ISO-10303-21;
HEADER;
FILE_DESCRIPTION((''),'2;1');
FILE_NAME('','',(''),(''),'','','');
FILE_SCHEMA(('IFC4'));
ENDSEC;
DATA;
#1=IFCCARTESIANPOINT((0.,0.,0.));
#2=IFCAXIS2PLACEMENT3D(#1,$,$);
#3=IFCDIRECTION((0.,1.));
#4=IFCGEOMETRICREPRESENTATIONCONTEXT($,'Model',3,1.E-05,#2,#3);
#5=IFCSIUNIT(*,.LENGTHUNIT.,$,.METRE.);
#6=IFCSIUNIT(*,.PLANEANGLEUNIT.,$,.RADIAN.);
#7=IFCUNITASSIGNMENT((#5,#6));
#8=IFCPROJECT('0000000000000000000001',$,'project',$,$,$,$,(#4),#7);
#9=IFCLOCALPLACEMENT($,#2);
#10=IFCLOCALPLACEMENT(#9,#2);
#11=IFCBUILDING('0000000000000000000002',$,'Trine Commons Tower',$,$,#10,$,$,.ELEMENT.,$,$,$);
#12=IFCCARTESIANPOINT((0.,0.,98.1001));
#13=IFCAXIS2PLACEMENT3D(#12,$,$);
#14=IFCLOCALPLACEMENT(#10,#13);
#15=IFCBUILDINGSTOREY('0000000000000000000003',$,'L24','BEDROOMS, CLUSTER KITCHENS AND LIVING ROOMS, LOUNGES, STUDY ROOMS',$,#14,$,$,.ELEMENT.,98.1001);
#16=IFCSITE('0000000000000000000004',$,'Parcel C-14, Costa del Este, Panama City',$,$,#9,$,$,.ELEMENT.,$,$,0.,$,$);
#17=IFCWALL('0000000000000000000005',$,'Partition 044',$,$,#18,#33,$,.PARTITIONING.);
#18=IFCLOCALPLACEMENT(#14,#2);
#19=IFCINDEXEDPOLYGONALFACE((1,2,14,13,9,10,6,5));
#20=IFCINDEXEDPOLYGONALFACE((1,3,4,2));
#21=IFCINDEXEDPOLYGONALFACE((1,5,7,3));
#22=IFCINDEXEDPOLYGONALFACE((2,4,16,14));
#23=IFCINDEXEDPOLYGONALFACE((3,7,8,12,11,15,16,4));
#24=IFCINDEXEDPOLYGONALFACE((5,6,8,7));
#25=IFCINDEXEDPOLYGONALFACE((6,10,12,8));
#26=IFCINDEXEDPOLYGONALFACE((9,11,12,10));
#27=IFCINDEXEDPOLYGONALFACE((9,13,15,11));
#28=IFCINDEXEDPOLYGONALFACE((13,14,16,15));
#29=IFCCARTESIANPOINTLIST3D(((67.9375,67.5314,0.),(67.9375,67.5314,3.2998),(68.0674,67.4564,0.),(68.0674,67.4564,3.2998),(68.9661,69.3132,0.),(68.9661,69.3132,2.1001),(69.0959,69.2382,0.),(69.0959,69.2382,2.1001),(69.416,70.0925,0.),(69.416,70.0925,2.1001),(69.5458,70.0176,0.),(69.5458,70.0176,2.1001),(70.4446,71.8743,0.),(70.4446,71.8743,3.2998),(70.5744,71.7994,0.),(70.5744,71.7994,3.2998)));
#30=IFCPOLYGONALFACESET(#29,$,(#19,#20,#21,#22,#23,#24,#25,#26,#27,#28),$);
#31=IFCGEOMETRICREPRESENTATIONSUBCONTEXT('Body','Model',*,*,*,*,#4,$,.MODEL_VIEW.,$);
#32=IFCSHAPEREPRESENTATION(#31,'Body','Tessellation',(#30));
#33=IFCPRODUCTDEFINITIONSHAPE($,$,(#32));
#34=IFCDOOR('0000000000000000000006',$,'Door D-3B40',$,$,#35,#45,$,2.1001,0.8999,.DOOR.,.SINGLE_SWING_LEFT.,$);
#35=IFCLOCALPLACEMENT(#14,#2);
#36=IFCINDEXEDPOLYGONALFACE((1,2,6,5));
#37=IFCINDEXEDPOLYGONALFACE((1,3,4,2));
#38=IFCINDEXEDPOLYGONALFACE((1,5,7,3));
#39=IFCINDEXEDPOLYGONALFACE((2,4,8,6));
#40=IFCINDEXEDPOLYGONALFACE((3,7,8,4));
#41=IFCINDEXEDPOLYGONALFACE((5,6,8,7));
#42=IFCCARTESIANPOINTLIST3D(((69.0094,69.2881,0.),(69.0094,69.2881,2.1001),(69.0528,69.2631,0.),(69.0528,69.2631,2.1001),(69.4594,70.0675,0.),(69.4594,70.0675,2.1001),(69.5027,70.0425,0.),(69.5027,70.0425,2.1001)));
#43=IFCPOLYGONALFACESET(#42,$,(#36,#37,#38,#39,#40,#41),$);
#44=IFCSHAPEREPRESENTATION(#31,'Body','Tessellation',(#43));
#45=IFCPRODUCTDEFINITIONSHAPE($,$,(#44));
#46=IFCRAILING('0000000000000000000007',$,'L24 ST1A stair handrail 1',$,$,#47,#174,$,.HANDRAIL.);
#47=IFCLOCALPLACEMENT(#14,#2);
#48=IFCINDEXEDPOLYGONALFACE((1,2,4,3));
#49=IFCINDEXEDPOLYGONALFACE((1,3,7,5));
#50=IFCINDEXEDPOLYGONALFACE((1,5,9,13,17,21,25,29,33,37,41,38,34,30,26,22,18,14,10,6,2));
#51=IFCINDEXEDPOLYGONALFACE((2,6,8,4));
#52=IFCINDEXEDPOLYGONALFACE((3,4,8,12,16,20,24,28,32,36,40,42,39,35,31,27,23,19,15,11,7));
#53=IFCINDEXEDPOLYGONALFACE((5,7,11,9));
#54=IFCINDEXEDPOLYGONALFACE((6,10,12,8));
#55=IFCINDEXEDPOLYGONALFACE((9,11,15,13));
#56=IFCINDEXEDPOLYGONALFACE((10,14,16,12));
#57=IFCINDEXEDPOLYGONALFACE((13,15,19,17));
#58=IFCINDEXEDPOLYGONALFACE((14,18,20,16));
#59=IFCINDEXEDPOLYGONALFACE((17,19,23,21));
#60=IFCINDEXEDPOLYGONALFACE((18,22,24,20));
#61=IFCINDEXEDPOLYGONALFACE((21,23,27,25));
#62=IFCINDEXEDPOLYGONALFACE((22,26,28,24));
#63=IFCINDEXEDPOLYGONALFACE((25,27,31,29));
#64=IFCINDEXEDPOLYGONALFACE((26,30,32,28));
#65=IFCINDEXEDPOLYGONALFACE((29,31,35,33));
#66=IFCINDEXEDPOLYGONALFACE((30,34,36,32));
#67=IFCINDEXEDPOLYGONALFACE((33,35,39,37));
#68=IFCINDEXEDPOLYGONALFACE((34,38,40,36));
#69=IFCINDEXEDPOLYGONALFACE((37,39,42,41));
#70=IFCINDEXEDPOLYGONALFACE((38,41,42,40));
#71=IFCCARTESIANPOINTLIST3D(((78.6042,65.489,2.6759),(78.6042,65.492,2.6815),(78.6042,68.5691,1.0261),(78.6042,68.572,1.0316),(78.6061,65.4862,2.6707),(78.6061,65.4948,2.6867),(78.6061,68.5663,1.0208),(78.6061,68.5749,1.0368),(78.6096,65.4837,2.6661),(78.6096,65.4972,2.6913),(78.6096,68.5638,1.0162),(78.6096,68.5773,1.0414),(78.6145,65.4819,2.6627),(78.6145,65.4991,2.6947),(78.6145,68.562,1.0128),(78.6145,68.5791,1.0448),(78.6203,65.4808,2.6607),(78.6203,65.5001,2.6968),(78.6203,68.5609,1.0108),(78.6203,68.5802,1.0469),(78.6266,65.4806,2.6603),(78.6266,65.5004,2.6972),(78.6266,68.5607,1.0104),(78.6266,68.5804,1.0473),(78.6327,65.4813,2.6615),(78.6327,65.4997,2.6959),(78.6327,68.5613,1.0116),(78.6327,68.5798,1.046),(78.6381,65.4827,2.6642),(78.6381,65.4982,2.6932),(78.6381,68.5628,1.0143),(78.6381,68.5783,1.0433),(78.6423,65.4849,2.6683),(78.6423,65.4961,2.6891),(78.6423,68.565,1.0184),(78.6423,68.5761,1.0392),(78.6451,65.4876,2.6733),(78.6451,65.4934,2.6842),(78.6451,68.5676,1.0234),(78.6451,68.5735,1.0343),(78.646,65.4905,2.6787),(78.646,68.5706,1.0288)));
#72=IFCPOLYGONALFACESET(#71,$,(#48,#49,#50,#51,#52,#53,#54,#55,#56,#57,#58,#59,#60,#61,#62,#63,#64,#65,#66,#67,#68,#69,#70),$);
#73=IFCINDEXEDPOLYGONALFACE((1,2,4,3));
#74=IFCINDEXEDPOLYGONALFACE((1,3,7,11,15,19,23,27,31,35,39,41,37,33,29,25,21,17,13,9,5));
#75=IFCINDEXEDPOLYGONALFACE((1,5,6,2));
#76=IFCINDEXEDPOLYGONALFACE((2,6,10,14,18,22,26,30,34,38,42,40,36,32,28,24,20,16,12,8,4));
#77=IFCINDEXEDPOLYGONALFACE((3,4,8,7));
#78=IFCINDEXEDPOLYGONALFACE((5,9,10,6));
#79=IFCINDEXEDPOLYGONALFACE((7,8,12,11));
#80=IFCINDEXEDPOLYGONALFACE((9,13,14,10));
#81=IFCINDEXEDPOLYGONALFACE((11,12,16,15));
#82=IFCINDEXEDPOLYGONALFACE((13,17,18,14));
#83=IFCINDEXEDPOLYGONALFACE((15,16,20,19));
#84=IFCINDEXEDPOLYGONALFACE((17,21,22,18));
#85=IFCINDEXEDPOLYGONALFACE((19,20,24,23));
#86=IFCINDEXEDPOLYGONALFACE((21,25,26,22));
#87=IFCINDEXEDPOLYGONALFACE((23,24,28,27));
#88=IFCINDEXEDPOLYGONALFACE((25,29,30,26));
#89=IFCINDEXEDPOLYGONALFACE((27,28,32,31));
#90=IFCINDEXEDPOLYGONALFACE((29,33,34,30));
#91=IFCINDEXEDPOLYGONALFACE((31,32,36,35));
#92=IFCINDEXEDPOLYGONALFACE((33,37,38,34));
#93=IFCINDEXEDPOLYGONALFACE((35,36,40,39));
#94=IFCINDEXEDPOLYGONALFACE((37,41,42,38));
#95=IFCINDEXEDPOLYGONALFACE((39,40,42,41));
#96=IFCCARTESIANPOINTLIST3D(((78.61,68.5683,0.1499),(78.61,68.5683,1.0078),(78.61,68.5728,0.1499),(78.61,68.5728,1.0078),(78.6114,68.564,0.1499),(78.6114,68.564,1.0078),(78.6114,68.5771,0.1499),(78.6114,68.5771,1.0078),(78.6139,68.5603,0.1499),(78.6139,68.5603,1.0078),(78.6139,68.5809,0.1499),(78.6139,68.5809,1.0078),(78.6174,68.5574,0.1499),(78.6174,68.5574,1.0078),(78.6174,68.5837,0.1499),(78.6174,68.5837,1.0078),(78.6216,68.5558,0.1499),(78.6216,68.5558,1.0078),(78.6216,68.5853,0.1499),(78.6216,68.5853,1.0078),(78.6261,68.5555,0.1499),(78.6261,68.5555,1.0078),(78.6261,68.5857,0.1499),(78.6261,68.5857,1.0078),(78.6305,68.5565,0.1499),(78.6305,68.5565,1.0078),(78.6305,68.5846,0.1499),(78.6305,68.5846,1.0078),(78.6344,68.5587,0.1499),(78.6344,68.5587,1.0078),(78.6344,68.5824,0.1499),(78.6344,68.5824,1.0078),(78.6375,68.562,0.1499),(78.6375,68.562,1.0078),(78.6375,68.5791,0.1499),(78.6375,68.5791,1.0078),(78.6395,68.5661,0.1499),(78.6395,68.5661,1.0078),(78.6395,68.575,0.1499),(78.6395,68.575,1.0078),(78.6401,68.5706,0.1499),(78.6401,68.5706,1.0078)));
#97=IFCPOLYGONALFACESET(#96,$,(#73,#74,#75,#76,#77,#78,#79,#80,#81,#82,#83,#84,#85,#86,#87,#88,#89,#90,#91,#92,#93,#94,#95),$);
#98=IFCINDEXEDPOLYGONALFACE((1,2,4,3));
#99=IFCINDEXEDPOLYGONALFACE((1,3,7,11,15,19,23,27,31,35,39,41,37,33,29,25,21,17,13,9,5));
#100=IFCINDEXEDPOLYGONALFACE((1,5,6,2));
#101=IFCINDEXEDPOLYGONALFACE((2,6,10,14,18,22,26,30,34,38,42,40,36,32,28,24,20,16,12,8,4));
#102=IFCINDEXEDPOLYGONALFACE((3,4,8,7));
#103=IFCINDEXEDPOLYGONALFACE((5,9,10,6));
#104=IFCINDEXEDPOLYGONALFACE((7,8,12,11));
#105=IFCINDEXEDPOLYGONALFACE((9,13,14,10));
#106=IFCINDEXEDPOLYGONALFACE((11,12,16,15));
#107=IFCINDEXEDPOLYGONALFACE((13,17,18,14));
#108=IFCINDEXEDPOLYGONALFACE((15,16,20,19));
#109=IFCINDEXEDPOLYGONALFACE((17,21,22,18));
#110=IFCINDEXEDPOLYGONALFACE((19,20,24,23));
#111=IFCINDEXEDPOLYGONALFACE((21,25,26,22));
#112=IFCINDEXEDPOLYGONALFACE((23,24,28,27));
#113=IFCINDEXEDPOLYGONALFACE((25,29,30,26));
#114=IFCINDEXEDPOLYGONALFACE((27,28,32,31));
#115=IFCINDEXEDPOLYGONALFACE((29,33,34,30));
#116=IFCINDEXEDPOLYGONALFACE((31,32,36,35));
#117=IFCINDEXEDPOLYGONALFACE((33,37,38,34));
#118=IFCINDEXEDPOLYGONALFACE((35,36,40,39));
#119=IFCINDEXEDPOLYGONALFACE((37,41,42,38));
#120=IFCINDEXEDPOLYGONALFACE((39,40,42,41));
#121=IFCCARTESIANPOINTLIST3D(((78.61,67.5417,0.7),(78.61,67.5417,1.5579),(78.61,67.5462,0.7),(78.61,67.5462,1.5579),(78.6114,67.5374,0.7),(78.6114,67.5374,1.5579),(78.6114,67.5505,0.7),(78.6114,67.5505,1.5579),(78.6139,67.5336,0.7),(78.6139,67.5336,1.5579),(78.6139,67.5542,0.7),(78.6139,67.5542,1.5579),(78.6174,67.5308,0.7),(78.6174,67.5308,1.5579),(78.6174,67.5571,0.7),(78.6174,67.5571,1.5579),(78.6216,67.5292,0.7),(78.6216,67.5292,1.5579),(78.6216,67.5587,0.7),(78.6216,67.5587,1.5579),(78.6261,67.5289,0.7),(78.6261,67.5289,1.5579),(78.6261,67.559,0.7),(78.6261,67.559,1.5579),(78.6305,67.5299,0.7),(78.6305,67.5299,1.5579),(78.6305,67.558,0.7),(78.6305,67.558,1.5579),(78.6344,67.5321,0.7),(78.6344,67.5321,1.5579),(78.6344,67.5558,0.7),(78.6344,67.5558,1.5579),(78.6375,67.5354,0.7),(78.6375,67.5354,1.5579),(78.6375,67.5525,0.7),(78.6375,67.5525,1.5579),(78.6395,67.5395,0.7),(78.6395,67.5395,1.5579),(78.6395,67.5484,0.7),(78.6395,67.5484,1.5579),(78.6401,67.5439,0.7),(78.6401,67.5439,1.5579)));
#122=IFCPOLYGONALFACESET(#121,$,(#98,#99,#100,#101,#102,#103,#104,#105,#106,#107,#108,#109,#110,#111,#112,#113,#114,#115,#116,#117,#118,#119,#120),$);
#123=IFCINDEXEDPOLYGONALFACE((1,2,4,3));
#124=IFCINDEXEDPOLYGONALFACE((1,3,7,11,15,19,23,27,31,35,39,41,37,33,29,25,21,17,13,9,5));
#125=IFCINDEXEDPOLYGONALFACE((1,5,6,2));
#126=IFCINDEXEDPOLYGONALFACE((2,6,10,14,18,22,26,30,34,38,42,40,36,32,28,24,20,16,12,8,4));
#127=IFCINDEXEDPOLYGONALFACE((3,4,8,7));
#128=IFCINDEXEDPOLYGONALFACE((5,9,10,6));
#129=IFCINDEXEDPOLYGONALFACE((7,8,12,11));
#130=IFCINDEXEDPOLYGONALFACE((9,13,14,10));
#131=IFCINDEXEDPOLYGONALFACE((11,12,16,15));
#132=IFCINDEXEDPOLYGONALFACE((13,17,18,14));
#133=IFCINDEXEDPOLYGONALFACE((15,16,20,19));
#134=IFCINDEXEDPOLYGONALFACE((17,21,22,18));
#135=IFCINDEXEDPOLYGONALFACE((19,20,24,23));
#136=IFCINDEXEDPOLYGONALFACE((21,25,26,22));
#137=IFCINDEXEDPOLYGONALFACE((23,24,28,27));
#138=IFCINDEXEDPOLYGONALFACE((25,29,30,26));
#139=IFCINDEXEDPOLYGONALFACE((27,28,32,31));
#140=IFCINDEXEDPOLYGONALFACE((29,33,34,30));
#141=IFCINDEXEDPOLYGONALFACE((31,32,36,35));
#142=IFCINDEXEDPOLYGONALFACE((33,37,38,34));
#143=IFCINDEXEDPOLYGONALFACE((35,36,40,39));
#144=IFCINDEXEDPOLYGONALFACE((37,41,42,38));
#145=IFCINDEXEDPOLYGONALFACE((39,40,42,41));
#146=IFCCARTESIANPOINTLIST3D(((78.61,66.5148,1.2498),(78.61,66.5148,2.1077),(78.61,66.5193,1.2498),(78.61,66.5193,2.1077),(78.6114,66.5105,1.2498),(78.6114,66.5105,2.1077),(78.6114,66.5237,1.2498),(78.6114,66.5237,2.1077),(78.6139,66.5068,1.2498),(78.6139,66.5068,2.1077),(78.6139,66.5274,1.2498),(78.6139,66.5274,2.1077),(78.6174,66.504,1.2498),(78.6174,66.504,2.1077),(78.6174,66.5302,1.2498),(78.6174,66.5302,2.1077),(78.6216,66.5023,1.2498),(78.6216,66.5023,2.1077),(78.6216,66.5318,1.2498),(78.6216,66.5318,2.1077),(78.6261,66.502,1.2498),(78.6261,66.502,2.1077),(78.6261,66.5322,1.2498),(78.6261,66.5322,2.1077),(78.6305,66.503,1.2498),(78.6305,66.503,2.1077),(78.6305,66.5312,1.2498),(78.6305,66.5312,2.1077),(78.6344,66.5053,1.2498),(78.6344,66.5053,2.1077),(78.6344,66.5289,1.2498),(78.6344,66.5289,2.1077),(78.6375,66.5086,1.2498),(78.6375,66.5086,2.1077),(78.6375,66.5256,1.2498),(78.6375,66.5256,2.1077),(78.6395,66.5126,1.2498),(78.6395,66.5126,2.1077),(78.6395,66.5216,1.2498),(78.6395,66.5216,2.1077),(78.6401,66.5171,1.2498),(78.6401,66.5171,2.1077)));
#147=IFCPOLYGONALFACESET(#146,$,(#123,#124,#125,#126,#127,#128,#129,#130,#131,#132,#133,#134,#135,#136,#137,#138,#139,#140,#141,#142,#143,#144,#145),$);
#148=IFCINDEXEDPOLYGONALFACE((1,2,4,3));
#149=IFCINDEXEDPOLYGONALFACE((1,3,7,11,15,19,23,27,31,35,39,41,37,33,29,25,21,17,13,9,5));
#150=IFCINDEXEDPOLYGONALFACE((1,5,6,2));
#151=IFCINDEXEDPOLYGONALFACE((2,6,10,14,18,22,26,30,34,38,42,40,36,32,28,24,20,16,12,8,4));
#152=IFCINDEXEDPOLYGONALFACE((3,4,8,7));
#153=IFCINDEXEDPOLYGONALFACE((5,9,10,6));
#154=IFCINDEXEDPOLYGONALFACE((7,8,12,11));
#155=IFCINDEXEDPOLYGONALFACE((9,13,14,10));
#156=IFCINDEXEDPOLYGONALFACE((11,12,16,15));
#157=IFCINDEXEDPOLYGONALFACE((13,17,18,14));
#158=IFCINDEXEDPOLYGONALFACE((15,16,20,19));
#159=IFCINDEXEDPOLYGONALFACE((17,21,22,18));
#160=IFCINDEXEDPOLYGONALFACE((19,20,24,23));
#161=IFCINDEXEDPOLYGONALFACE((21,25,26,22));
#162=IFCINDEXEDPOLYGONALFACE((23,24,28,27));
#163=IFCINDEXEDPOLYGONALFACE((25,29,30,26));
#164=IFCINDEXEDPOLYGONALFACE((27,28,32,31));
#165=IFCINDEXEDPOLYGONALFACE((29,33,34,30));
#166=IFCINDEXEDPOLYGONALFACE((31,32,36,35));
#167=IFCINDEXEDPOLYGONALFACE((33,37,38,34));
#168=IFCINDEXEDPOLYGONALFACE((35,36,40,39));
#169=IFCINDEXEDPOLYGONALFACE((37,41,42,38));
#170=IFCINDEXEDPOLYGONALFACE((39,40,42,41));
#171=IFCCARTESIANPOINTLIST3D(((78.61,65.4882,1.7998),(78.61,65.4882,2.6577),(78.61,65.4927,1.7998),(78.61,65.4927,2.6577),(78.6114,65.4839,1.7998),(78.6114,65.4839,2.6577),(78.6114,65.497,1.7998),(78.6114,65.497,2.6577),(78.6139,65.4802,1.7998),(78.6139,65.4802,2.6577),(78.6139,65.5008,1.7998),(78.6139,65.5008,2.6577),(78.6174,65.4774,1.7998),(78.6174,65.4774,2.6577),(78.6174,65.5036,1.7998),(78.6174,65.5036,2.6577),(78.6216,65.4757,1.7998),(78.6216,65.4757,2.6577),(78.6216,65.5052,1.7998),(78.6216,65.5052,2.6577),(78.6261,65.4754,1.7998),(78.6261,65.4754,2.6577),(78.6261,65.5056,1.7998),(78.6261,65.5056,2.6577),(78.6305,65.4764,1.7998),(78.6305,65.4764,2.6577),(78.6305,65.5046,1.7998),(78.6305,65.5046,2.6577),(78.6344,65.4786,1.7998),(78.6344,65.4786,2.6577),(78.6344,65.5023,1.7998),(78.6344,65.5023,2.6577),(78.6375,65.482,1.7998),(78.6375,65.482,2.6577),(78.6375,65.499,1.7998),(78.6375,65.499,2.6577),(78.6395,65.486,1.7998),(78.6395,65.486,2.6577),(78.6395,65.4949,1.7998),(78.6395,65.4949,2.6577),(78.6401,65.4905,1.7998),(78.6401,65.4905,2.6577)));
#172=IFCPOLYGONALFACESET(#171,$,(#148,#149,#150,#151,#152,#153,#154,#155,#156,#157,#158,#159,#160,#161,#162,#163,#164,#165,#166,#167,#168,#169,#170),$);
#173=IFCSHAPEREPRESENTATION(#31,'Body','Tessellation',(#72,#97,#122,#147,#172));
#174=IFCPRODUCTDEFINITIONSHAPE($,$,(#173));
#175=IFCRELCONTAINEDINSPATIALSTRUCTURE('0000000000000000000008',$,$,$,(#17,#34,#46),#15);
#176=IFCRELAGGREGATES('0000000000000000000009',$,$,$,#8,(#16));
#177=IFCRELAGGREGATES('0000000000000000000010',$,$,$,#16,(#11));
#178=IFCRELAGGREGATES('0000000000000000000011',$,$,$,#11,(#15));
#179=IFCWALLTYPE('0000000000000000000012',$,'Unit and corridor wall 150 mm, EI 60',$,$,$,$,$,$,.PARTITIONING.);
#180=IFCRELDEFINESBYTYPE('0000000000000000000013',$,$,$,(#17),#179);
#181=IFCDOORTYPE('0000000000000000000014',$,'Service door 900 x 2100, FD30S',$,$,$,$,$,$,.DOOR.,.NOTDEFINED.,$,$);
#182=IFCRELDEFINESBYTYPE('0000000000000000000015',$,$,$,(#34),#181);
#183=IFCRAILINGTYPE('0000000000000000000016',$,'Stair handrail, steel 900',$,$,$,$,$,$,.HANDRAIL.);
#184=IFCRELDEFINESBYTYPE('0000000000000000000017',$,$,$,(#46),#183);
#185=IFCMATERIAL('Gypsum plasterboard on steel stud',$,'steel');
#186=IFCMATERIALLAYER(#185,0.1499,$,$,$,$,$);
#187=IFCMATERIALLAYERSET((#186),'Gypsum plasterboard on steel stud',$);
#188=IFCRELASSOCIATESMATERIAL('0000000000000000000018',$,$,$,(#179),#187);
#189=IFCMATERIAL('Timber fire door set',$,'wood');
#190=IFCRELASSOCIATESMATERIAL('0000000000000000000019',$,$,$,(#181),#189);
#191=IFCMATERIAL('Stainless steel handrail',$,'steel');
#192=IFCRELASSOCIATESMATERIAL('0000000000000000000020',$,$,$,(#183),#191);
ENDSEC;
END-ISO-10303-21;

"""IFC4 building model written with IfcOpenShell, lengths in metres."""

from ifc_helpers import new_model, si_unit, direction, frame, frame_2d, origin, origin_2d, place, context, subcontext, project, spatial, rectangle, circle, extrude, material, layer, layer_set, type_object, element, fill, save


model = new_model("IFC4")

# Units and contexts
model_context = context("Model", 3, precision=1e-05, world=origin(), true_north=direction((0.0, 1.0)))
body_context = subcontext(model_context, "Body", "Model", "MODEL_VIEW")
ifc_project = project(units=[si_unit("LENGTHUNIT", "METRE"), si_unit("PLANEANGLEUNIT", "RADIAN")], contexts=[model_context])

# Site, building, storey
site_placement = place(None, origin())
site = spatial("IfcSite", under=ifc_project, at=site_placement, Name="Parcel C-14, Costa del Este, Panama City", CompositionType="ELEMENT", RefElevation=0.0)
building_placement = place(site_placement, origin())
building = spatial("IfcBuilding", under=site, at=building_placement, Name="Trine Commons Tower", CompositionType="ELEMENT")
storey_placement = place(building_placement, frame((0.0, 0.0, 98.1001)))
storey = spatial("IfcBuildingStorey", under=building, at=storey_placement, Name="L24", Description="BEDROOMS, CLUSTER KITCHENS AND LIVING ROOMS, LOUNGES, STUDY ROOMS", CompositionType="ELEMENT", Elevation=98.1001)

# Shared definitions
ifc_material_1 = material(Name="Gypsum plasterboard on steel stud", Category="steel")
ifc_layer_1 = layer(ifc_material_1, 0.1499)
ifc_layer_set_1 = layer_set([ifc_layer_1], Name="Gypsum plasterboard on steel stud")
wall_type_1 = type_object("IfcWallType", Name="Unit and corridor wall 150 mm, EI 60", PredefinedType="PARTITIONING", material=ifc_layer_set_1)

# Wall, opening, door
wall_1_placement = place(storey_placement, frame((68.0024, 67.4939, 0.0), z_axis=(0.0, 0.0, 1.0), x_axis=(0.499946, 0.866057, 0.0)))
wall_1 = element("IfcWall", 1, at=wall_1_placement, inside=storey, type_object=wall_type_1, Name="Partition 044", PredefinedType="PARTITIONING", context=body_context, shape_type="SweptSolid", body=[
    extrude(rectangle(XDim=5.0146, YDim=0.1499, at=frame_2d((2.5073, 0.0))), origin(), (0.0, 0.0, 1.0), 3.2998),
])
opening_1_placement = place(wall_1_placement, frame((2.0574, 0.0, 0.0)))
opening_1 = element("IfcOpeningElement", 2, at=opening_1_placement, cuts=wall_1, PredefinedType="OPENING", context=body_context, shape_type="SweptSolid", body=[
    extrude(rectangle(XDim=0.8999, YDim=2.1001, at=frame_2d((0.45, 1.05))), frame((0.0, 0.085, 0.0), z_axis=(0.0, -1.0, 0.0), x_axis=(1.0, 0.0, 0.0)), (0.0, 0.0, 1.0), 0.1699),
])
ifc_material_2 = material(Name="Timber fire door set", Category="wood")
door_type_1 = type_object("IfcDoorType", Name="Service door 900 x 2100, FD30S", OperationType="NOTDEFINED", PredefinedType="DOOR", material=ifc_material_2)
door_1_placement = place(opening_1_placement, origin())
door_1 = element("IfcDoor", 3, at=door_1_placement, inside=storey, type_object=door_type_1, Name="Door D-3B40", OperationType="SINGLE_SWING_LEFT", OverallHeight=2.1001, OverallWidth=0.8999, PredefinedType="DOOR", context=body_context, shape_type="SweptSolid", body=[
    extrude(rectangle(XDim=0.8999, YDim=2.1001, at=frame_2d((0.45, 1.05))), frame((0.0, 0.0249, 0.0), z_axis=(0.0, -1.0, 0.0), x_axis=(1.0, 0.0, 0.0)), (0.0, 0.0, 1.0), 0.05),
])
fill(opening_1, door_1)

# Railing
ifc_material_3 = material(Name="Stainless steel handrail", Category="steel")
railing_type = type_object("IfcRailingType", Name="Stair handrail, steel 900", PredefinedType="HANDRAIL", material=ifc_material_3)
railing_1_placement = place(storey_placement, frame((78.625, 68.5706, 0.1499)))
element("IfcRailing", 4, at=railing_1_placement, inside=storey, type_object=railing_type, Name="L24 ST1A stair handrail 1", PredefinedType="HANDRAIL", context=body_context, shape_type="SweptSolid", body=[
    extrude(circle(Radius=0.021, at=origin_2d()), frame((0.0, 0.0, 0.8789), z_axis=(0.0, -0.881497, 0.47219), x_axis=(1.0, 0.0, 0.0)), (0.0, 0.0, 1.0), 3.4941),
    extrude(circle(Radius=0.0151, at=origin_2d()), origin(), (0.0, 0.0, 1.0), 0.8579),
    extrude(circle(Radius=0.0151, at=origin_2d()), frame((0.0, -1.0266, 0.55)), (0.0, 0.0, 1.0), 0.8579),
    extrude(circle(Radius=0.0151, at=origin_2d()), frame((0.0, -2.0535, 1.0999)), (0.0, 0.0, 1.0), 0.8579),
    extrude(circle(Radius=0.0151, at=origin_2d()), frame((0.0, -3.0801, 1.6499)), (0.0, 0.0, 1.0), 0.8579),
])

save(model, "model.ifc")
